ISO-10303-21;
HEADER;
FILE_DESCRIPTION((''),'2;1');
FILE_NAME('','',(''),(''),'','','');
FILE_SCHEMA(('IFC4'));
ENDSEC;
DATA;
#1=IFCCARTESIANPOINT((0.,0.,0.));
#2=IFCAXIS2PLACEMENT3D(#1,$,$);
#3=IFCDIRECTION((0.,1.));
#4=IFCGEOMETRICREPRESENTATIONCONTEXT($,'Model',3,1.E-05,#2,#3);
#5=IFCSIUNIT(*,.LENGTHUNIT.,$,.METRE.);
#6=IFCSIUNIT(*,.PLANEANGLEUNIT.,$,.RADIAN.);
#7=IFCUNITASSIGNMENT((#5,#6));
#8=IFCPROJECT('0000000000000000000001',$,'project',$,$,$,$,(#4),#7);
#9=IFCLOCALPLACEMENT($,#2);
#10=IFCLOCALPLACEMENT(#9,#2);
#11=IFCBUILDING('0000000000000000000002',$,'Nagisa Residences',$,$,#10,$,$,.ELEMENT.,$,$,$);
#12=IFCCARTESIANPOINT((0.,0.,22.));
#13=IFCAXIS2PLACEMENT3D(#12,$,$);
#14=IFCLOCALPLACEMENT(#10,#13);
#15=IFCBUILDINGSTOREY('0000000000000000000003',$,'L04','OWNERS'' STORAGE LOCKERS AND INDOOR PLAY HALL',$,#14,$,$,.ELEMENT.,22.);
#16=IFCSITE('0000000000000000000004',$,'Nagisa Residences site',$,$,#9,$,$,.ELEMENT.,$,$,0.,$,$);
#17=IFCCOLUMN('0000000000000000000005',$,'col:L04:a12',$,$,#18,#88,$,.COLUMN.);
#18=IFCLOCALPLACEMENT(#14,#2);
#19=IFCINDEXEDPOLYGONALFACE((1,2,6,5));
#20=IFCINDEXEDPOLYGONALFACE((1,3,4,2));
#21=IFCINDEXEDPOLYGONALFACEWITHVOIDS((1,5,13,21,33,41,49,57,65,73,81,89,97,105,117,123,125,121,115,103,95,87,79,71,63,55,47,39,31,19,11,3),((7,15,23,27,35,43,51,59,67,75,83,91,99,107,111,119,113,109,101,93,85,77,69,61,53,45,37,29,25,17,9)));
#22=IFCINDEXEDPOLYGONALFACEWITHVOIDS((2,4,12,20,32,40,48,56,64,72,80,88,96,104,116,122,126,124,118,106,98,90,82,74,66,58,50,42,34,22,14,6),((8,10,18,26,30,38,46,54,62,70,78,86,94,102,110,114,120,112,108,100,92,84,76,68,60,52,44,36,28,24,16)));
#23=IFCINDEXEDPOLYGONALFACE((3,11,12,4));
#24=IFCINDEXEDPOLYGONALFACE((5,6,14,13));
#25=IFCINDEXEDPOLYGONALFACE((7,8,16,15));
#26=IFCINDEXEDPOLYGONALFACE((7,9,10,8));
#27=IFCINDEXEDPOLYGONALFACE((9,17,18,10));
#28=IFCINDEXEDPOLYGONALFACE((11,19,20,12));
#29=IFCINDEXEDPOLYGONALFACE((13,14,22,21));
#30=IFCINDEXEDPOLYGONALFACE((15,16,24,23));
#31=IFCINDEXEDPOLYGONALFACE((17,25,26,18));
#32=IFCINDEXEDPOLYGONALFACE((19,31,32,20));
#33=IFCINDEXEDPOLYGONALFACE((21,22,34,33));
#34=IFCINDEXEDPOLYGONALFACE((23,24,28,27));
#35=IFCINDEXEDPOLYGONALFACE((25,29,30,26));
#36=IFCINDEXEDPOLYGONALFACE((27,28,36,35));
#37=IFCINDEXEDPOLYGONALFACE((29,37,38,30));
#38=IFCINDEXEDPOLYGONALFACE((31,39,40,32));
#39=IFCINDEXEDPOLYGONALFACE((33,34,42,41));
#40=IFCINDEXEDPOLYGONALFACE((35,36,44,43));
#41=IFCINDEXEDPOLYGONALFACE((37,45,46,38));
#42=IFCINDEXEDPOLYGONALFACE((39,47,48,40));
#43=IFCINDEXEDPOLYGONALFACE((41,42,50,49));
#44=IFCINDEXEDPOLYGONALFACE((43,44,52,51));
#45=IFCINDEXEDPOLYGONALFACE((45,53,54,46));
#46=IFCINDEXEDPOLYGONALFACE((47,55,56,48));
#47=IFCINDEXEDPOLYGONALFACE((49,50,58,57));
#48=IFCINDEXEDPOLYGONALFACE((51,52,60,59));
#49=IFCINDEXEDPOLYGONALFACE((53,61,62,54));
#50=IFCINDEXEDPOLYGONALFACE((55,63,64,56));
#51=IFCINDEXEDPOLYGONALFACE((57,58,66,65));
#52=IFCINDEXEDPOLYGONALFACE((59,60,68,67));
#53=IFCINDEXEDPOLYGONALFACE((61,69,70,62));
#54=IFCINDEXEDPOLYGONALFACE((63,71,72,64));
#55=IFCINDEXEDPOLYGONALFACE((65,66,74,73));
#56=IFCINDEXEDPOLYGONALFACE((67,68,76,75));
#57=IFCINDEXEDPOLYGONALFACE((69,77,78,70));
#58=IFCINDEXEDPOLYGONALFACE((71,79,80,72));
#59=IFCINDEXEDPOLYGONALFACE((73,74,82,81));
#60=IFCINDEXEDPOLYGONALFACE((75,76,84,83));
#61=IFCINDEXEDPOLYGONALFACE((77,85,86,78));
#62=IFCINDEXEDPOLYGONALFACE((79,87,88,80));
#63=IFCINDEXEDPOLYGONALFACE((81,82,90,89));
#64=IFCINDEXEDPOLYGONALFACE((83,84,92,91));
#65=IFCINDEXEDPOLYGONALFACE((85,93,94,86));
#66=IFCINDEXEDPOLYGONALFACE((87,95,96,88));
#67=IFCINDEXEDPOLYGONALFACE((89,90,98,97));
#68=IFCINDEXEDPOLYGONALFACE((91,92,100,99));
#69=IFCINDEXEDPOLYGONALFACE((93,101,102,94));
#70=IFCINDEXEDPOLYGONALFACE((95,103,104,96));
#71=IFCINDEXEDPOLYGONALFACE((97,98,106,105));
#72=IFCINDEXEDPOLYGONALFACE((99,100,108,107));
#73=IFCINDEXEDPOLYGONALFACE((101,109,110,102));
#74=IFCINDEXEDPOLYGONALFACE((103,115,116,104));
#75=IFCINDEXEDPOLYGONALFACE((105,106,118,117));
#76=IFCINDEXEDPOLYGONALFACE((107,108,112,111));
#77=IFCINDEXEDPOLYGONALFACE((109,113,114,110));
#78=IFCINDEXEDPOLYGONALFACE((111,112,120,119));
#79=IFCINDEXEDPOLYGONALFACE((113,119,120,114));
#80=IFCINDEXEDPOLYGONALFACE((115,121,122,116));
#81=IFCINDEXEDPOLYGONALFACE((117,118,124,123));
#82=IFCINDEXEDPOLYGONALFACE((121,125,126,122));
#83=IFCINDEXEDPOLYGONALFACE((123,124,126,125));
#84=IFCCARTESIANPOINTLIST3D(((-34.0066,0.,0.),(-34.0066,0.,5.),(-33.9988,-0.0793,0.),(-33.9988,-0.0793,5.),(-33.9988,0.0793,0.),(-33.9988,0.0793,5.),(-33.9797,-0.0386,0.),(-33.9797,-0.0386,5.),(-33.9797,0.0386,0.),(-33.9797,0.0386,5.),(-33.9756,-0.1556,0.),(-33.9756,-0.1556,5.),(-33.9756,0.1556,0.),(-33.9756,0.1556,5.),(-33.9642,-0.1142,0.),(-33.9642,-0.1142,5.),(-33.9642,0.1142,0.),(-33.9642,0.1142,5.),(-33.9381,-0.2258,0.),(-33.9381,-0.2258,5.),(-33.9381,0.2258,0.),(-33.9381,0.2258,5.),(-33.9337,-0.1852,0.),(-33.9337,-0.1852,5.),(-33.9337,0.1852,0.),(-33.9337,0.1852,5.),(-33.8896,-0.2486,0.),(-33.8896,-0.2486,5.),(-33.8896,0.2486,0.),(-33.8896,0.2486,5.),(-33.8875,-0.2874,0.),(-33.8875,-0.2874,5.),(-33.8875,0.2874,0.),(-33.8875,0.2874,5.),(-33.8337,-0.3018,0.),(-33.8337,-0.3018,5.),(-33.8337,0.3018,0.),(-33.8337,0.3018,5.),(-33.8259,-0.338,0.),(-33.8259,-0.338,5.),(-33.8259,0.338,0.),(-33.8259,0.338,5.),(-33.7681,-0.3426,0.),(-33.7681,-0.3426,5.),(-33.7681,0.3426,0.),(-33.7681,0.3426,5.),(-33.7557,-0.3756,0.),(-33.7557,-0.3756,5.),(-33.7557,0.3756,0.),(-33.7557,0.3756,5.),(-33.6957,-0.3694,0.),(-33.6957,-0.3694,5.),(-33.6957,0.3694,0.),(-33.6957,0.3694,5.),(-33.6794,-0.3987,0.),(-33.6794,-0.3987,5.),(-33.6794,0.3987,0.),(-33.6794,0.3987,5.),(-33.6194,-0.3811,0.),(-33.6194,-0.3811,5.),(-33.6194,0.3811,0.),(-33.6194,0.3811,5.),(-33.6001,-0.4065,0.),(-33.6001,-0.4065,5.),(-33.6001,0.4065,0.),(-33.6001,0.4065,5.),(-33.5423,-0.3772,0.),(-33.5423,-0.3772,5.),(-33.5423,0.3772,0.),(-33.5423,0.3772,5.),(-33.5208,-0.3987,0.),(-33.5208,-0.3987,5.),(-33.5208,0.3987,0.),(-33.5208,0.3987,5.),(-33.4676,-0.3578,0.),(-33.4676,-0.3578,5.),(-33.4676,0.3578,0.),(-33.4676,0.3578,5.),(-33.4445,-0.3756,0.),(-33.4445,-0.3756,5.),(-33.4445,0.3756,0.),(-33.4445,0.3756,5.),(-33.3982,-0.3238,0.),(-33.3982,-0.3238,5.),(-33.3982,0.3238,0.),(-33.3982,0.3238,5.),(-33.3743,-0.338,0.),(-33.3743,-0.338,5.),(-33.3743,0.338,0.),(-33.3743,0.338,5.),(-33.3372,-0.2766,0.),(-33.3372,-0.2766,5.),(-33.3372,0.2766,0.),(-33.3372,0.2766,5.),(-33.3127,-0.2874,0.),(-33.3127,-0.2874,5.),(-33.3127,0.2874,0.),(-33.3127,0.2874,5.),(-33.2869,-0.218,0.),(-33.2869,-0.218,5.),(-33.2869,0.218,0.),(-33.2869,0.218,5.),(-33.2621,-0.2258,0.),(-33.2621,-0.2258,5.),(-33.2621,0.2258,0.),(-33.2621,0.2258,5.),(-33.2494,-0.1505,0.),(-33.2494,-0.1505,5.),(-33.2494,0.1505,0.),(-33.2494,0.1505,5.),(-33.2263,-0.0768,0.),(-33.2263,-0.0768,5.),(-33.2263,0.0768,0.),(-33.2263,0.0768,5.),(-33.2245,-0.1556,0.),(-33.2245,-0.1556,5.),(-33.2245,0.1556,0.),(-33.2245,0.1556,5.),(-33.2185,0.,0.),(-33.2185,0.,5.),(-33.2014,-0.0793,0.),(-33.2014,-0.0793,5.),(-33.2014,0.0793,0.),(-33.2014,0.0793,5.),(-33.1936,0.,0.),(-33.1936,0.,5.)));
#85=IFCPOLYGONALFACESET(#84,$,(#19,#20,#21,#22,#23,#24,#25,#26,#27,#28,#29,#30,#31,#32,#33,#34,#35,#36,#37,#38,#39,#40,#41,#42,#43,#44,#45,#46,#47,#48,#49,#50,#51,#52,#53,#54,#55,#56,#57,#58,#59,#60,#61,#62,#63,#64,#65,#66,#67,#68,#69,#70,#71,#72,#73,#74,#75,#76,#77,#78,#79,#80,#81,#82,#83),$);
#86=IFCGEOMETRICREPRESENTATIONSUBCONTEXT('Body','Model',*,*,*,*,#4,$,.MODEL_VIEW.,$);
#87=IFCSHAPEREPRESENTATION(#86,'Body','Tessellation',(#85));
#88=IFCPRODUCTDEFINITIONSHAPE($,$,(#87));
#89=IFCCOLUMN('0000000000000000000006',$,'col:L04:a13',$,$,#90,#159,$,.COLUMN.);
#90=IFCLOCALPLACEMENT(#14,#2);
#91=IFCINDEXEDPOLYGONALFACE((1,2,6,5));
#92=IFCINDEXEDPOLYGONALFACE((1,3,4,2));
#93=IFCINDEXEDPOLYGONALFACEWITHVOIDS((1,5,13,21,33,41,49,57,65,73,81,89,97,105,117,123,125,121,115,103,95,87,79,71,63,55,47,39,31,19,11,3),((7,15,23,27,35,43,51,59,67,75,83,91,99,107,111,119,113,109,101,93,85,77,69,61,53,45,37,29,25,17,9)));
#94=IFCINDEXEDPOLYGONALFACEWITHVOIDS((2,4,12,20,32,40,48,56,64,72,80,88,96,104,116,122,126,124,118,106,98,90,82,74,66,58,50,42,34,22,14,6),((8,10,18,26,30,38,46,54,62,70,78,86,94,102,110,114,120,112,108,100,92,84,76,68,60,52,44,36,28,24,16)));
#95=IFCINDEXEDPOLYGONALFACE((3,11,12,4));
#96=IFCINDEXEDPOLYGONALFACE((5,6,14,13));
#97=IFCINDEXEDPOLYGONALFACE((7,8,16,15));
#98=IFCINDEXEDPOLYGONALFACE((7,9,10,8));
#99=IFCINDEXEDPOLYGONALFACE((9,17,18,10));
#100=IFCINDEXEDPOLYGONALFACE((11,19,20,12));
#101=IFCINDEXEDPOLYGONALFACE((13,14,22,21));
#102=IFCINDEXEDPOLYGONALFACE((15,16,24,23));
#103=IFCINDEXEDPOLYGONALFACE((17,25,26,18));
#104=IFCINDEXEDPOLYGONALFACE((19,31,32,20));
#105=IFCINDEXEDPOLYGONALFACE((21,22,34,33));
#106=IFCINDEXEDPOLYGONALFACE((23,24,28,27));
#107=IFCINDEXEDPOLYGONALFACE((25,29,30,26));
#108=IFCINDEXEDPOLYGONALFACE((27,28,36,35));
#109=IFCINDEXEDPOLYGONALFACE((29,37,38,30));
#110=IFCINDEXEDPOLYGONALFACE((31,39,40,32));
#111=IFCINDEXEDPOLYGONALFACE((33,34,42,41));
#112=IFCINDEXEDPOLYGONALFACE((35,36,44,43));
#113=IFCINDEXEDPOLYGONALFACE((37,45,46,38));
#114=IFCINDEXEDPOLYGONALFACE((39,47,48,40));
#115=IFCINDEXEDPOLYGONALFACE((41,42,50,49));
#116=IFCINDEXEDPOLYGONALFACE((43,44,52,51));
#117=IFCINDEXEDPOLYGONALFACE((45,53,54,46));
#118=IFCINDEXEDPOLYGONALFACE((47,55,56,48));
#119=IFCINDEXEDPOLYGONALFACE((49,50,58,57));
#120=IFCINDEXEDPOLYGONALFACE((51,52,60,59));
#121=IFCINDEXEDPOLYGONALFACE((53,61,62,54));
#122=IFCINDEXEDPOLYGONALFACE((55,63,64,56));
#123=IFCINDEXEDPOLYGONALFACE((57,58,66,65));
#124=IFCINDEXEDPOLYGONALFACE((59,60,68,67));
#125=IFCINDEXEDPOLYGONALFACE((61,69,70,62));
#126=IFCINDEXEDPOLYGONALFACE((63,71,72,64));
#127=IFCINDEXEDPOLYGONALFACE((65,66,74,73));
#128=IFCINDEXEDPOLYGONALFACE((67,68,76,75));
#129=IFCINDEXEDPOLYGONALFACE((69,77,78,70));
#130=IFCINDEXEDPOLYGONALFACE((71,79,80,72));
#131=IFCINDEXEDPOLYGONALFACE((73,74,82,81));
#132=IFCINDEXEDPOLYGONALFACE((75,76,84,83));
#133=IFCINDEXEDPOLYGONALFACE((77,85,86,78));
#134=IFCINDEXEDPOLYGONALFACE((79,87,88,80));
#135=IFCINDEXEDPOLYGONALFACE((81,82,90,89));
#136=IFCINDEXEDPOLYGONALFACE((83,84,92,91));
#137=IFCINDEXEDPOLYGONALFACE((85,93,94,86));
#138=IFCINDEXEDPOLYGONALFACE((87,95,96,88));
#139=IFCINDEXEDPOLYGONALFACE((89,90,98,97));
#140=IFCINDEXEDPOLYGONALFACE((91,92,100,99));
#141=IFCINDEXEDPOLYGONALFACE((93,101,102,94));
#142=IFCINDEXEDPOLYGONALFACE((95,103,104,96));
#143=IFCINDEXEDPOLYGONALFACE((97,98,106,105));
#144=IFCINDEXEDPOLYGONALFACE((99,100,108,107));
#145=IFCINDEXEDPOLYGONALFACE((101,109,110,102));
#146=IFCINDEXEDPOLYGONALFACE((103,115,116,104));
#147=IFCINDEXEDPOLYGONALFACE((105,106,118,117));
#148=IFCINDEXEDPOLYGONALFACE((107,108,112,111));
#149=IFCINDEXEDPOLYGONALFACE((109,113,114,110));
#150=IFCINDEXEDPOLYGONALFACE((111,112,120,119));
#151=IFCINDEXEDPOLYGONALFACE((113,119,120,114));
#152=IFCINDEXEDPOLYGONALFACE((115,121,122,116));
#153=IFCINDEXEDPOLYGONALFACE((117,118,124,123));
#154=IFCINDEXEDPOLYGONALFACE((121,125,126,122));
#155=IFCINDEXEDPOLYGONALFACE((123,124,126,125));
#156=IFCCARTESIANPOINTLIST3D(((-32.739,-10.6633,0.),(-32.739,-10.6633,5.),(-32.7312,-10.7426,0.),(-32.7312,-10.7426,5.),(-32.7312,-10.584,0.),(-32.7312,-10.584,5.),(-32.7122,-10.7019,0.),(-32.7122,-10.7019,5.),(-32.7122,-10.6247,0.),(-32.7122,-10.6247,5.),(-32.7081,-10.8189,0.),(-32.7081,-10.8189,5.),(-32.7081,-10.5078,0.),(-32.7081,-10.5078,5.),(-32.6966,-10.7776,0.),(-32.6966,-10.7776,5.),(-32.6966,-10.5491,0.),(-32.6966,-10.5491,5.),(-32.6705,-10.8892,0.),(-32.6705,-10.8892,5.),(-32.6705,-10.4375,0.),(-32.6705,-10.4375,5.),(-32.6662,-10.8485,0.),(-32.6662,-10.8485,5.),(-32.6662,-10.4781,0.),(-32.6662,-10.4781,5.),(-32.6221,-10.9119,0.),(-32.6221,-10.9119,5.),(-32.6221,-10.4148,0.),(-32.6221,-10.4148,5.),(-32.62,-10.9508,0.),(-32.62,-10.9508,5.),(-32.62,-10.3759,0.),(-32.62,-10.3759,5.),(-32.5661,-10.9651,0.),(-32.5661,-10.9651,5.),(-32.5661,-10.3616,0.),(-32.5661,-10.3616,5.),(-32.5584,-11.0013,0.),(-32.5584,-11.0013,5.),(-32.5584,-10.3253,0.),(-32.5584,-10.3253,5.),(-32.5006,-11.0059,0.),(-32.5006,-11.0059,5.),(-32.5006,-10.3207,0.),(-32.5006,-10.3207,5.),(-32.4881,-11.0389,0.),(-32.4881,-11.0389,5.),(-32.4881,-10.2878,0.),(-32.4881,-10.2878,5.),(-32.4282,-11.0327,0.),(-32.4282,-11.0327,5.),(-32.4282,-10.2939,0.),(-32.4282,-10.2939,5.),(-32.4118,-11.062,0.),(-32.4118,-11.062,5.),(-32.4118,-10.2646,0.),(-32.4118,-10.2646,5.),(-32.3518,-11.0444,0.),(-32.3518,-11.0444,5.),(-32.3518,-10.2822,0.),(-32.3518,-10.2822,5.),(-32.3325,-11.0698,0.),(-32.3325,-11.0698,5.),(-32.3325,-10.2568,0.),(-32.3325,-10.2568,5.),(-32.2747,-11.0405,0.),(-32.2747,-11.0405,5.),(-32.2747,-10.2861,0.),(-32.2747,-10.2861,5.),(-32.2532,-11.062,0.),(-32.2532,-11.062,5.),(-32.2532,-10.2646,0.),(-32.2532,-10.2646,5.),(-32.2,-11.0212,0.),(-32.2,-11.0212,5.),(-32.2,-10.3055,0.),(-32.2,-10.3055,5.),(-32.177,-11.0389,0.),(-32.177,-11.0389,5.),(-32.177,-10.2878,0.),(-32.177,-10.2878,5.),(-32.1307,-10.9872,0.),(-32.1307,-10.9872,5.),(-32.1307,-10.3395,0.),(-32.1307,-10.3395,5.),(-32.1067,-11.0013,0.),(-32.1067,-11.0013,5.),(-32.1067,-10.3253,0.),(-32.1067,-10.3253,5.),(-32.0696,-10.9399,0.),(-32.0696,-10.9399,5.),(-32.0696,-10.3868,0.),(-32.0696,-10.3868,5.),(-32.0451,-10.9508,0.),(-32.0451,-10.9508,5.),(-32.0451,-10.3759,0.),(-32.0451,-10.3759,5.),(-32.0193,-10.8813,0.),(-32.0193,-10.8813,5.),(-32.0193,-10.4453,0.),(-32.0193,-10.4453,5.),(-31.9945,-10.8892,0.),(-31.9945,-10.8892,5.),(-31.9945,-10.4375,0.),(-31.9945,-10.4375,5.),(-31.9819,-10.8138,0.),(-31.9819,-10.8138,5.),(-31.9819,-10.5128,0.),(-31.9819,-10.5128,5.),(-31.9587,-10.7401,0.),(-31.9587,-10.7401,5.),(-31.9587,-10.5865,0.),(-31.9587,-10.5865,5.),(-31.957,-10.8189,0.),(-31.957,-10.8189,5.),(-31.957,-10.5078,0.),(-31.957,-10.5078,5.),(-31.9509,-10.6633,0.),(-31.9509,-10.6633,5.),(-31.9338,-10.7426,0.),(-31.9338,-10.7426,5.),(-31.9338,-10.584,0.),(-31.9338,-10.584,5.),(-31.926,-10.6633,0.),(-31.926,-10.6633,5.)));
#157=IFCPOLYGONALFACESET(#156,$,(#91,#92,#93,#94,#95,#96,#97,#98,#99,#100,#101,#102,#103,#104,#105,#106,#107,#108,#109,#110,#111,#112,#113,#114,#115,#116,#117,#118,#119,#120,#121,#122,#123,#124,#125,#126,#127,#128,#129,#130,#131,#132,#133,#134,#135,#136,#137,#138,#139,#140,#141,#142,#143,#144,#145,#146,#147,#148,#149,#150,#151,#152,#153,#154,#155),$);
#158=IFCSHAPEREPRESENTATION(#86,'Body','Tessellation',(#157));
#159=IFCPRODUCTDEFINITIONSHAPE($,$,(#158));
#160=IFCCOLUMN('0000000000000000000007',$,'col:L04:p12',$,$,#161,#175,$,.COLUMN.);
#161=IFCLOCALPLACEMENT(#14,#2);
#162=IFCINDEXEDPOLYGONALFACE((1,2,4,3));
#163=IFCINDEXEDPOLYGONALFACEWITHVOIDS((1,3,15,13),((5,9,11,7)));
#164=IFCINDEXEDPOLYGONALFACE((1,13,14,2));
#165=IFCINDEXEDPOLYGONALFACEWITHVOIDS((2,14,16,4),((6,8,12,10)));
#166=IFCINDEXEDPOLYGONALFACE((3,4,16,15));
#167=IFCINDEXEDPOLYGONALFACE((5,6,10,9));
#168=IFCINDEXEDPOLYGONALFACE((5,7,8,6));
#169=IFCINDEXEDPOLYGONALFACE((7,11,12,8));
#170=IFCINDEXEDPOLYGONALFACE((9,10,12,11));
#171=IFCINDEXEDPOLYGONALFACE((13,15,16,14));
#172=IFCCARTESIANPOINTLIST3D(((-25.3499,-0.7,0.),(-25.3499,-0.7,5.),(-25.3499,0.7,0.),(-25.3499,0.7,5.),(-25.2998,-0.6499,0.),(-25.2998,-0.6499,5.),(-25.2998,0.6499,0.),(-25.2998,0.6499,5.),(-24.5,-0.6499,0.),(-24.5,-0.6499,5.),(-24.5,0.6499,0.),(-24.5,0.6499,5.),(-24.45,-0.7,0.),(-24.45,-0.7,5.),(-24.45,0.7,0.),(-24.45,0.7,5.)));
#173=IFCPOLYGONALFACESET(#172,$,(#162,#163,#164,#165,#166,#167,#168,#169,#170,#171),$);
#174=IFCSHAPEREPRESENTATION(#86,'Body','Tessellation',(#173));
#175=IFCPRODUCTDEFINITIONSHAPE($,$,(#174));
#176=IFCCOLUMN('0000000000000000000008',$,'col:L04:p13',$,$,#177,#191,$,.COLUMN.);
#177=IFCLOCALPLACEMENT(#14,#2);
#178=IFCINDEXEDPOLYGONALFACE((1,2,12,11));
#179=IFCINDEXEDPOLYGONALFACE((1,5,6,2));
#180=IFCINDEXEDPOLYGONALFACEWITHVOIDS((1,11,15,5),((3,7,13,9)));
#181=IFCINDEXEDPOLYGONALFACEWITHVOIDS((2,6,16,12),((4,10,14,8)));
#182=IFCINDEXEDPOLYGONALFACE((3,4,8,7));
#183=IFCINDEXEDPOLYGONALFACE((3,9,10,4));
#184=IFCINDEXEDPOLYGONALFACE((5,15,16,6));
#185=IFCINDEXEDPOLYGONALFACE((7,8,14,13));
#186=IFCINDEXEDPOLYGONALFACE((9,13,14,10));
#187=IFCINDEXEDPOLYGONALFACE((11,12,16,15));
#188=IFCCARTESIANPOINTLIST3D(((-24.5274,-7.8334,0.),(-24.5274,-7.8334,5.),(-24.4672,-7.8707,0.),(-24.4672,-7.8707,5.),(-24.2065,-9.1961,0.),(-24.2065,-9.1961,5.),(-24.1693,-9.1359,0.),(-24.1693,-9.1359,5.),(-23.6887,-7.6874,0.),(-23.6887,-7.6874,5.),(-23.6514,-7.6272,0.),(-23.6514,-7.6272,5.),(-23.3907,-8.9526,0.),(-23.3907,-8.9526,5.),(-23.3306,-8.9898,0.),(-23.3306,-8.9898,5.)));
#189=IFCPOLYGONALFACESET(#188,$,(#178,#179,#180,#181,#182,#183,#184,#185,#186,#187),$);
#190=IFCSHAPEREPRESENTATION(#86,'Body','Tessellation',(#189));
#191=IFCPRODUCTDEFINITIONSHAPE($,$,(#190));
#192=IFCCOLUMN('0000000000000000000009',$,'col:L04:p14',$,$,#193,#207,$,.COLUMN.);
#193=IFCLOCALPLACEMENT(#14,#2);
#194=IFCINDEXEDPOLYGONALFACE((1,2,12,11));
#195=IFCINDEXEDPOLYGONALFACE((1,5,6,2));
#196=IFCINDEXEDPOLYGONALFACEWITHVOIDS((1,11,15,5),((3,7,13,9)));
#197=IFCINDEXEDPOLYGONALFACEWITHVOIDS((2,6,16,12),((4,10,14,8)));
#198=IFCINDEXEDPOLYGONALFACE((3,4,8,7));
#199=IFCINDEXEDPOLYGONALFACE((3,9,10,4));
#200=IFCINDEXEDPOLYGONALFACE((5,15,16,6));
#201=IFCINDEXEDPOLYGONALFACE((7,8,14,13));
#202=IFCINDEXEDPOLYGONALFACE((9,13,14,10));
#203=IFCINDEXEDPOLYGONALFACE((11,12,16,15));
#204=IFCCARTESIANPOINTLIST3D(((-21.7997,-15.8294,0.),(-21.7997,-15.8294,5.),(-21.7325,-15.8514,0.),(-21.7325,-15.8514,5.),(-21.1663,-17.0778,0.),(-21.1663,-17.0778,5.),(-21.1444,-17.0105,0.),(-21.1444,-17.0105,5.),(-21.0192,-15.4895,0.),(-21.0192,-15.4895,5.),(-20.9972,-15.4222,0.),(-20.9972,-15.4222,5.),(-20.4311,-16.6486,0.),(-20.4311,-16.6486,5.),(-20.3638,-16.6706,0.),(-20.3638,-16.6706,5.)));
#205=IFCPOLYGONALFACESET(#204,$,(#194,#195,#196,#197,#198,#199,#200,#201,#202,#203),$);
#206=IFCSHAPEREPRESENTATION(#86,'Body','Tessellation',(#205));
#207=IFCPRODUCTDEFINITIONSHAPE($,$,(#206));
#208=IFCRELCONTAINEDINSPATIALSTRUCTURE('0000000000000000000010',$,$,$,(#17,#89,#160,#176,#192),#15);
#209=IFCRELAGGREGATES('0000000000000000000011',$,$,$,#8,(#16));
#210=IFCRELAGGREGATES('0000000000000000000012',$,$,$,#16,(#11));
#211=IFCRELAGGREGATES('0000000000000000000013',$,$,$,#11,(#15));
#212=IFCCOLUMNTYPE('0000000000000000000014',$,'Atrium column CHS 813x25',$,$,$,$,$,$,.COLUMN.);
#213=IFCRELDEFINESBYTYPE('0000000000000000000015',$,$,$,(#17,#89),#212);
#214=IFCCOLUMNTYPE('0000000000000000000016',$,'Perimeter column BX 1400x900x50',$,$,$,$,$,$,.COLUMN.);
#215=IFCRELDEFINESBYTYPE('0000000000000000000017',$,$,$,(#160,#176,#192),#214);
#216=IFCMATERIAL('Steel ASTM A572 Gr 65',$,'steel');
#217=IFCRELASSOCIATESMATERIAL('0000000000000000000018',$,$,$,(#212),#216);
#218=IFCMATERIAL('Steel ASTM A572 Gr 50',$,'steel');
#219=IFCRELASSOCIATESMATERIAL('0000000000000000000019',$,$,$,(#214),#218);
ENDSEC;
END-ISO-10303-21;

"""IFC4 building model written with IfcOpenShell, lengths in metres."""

from ifc_helpers import new_model, si_unit, direction, frame, origin, origin_2d, place, context, subcontext, project, spatial, hollow_rectangle, hollow_circle, extrude, material, material_profile, profile_set, type_object, element, save


model = new_model("IFC4")

# Units and contexts
model_context = context("Model", 3, precision=1e-05, world=origin(), true_north=direction((0.0, 1.0)))
body_context = subcontext(model_context, "Body", "Model", "MODEL_VIEW")
ifc_project = project(units=[si_unit("LENGTHUNIT", "METRE"), si_unit("PLANEANGLEUNIT", "RADIAN")], contexts=[model_context])

# Site, building, storey
site_placement = place(None, origin())
site = spatial("IfcSite", under=ifc_project, at=site_placement, Name="Nagisa Residences site", CompositionType="ELEMENT", RefElevation=0.0)
building_placement = place(site_placement, origin())
building = spatial("IfcBuilding", under=site, at=building_placement, Name="Nagisa Residences", CompositionType="ELEMENT")
storey_placement = place(building_placement, frame((0.0, 0.0, 22.0)))
storey = spatial("IfcBuildingStorey", under=building, at=storey_placement, Name="L04", Description="OWNERS' STORAGE LOCKERS AND INDOOR PLAY HALL", CompositionType="ELEMENT", Elevation=22.0)

# Columns
ifc_material_1 = material(Name="Steel ASTM A572 Gr 65", Category="steel")
ifc_material_profile_1 = material_profile(ifc_material_1, hollow_circle(Radius=0.4065, WallThickness=0.0249, at=origin_2d()), Name="CHS 813x25")
ifc_profile_set_1 = profile_set([ifc_material_profile_1], Name="Steel ASTM A572 Gr 65")
column_type_1 = type_object("IfcColumnType", Name="Atrium column CHS 813x25", PredefinedType="COLUMN", material=ifc_profile_set_1)
for number, where, z_axis, x_axis, name in (
    (1, (-33.6001, 0.0, 0.0), (0.0, 0.0, 1.0), (1.0, 0.0, 0.0), "col:L04:a12"),
    (2, (-32.3325, -10.6633, 0.0), (0.0, 0.0, 1.0), (1.0, 0.0, 0.0), "col:L04:a13"),
):
    element("IfcColumn", number, at=place(storey_placement, frame(where, z_axis=z_axis, x_axis=x_axis)), inside=storey, type_object=column_type_1, Name=name, PredefinedType="COLUMN", context=body_context, shape_type="SweptSolid", body=[
        extrude(hollow_circle(Radius=0.4065, WallThickness=0.0249, at=origin_2d()), origin(), (0.0, 0.0, 1.0), 5.0),
    ])
ifc_material_2 = material(Name="Steel ASTM A572 Gr 50", Category="steel")
ifc_material_profile_2 = material_profile(ifc_material_2, hollow_rectangle(XDim=1.3999, YDim=0.8999, WallThickness=0.05, at=origin_2d()), Name="BX 1400x900x50")
ifc_profile_set_2 = profile_set([ifc_material_profile_2], Name="Steel ASTM A572 Gr 50")
column_type_2 = type_object("IfcColumnType", Name="Perimeter column BX 1400x900x50", PredefinedType="COLUMN", material=ifc_profile_set_2)
for number, where, z_axis, x_axis, name in (
    (3, (-24.8999, 0.0, 0.0), (0.0, 0.0, 1.0), (0.0, -1.0, 0.0), "col:L04:p12"),
    (4, (-23.929, -8.4116, 0.0), (0.0, 0.0, 1.0), (0.229202, -0.973379, 0.0), "col:L04:p13"),
    (5, (-21.0818, -16.25, 0.0), (0.0, 0.0, 1.0), (0.452463, -0.891783, 0.0), "col:L04:p14"),
):
    element("IfcColumn", number, at=place(storey_placement, frame(where, z_axis=z_axis, x_axis=x_axis)), inside=storey, type_object=column_type_2, Name=name, PredefinedType="COLUMN", context=body_context, shape_type="SweptSolid", body=[
        extrude(hollow_rectangle(XDim=1.3999, YDim=0.8999, WallThickness=0.05, at=origin_2d()), origin(), (0.0, 0.0, 1.0), 5.0),
    ])

save(model, "model.ifc")
